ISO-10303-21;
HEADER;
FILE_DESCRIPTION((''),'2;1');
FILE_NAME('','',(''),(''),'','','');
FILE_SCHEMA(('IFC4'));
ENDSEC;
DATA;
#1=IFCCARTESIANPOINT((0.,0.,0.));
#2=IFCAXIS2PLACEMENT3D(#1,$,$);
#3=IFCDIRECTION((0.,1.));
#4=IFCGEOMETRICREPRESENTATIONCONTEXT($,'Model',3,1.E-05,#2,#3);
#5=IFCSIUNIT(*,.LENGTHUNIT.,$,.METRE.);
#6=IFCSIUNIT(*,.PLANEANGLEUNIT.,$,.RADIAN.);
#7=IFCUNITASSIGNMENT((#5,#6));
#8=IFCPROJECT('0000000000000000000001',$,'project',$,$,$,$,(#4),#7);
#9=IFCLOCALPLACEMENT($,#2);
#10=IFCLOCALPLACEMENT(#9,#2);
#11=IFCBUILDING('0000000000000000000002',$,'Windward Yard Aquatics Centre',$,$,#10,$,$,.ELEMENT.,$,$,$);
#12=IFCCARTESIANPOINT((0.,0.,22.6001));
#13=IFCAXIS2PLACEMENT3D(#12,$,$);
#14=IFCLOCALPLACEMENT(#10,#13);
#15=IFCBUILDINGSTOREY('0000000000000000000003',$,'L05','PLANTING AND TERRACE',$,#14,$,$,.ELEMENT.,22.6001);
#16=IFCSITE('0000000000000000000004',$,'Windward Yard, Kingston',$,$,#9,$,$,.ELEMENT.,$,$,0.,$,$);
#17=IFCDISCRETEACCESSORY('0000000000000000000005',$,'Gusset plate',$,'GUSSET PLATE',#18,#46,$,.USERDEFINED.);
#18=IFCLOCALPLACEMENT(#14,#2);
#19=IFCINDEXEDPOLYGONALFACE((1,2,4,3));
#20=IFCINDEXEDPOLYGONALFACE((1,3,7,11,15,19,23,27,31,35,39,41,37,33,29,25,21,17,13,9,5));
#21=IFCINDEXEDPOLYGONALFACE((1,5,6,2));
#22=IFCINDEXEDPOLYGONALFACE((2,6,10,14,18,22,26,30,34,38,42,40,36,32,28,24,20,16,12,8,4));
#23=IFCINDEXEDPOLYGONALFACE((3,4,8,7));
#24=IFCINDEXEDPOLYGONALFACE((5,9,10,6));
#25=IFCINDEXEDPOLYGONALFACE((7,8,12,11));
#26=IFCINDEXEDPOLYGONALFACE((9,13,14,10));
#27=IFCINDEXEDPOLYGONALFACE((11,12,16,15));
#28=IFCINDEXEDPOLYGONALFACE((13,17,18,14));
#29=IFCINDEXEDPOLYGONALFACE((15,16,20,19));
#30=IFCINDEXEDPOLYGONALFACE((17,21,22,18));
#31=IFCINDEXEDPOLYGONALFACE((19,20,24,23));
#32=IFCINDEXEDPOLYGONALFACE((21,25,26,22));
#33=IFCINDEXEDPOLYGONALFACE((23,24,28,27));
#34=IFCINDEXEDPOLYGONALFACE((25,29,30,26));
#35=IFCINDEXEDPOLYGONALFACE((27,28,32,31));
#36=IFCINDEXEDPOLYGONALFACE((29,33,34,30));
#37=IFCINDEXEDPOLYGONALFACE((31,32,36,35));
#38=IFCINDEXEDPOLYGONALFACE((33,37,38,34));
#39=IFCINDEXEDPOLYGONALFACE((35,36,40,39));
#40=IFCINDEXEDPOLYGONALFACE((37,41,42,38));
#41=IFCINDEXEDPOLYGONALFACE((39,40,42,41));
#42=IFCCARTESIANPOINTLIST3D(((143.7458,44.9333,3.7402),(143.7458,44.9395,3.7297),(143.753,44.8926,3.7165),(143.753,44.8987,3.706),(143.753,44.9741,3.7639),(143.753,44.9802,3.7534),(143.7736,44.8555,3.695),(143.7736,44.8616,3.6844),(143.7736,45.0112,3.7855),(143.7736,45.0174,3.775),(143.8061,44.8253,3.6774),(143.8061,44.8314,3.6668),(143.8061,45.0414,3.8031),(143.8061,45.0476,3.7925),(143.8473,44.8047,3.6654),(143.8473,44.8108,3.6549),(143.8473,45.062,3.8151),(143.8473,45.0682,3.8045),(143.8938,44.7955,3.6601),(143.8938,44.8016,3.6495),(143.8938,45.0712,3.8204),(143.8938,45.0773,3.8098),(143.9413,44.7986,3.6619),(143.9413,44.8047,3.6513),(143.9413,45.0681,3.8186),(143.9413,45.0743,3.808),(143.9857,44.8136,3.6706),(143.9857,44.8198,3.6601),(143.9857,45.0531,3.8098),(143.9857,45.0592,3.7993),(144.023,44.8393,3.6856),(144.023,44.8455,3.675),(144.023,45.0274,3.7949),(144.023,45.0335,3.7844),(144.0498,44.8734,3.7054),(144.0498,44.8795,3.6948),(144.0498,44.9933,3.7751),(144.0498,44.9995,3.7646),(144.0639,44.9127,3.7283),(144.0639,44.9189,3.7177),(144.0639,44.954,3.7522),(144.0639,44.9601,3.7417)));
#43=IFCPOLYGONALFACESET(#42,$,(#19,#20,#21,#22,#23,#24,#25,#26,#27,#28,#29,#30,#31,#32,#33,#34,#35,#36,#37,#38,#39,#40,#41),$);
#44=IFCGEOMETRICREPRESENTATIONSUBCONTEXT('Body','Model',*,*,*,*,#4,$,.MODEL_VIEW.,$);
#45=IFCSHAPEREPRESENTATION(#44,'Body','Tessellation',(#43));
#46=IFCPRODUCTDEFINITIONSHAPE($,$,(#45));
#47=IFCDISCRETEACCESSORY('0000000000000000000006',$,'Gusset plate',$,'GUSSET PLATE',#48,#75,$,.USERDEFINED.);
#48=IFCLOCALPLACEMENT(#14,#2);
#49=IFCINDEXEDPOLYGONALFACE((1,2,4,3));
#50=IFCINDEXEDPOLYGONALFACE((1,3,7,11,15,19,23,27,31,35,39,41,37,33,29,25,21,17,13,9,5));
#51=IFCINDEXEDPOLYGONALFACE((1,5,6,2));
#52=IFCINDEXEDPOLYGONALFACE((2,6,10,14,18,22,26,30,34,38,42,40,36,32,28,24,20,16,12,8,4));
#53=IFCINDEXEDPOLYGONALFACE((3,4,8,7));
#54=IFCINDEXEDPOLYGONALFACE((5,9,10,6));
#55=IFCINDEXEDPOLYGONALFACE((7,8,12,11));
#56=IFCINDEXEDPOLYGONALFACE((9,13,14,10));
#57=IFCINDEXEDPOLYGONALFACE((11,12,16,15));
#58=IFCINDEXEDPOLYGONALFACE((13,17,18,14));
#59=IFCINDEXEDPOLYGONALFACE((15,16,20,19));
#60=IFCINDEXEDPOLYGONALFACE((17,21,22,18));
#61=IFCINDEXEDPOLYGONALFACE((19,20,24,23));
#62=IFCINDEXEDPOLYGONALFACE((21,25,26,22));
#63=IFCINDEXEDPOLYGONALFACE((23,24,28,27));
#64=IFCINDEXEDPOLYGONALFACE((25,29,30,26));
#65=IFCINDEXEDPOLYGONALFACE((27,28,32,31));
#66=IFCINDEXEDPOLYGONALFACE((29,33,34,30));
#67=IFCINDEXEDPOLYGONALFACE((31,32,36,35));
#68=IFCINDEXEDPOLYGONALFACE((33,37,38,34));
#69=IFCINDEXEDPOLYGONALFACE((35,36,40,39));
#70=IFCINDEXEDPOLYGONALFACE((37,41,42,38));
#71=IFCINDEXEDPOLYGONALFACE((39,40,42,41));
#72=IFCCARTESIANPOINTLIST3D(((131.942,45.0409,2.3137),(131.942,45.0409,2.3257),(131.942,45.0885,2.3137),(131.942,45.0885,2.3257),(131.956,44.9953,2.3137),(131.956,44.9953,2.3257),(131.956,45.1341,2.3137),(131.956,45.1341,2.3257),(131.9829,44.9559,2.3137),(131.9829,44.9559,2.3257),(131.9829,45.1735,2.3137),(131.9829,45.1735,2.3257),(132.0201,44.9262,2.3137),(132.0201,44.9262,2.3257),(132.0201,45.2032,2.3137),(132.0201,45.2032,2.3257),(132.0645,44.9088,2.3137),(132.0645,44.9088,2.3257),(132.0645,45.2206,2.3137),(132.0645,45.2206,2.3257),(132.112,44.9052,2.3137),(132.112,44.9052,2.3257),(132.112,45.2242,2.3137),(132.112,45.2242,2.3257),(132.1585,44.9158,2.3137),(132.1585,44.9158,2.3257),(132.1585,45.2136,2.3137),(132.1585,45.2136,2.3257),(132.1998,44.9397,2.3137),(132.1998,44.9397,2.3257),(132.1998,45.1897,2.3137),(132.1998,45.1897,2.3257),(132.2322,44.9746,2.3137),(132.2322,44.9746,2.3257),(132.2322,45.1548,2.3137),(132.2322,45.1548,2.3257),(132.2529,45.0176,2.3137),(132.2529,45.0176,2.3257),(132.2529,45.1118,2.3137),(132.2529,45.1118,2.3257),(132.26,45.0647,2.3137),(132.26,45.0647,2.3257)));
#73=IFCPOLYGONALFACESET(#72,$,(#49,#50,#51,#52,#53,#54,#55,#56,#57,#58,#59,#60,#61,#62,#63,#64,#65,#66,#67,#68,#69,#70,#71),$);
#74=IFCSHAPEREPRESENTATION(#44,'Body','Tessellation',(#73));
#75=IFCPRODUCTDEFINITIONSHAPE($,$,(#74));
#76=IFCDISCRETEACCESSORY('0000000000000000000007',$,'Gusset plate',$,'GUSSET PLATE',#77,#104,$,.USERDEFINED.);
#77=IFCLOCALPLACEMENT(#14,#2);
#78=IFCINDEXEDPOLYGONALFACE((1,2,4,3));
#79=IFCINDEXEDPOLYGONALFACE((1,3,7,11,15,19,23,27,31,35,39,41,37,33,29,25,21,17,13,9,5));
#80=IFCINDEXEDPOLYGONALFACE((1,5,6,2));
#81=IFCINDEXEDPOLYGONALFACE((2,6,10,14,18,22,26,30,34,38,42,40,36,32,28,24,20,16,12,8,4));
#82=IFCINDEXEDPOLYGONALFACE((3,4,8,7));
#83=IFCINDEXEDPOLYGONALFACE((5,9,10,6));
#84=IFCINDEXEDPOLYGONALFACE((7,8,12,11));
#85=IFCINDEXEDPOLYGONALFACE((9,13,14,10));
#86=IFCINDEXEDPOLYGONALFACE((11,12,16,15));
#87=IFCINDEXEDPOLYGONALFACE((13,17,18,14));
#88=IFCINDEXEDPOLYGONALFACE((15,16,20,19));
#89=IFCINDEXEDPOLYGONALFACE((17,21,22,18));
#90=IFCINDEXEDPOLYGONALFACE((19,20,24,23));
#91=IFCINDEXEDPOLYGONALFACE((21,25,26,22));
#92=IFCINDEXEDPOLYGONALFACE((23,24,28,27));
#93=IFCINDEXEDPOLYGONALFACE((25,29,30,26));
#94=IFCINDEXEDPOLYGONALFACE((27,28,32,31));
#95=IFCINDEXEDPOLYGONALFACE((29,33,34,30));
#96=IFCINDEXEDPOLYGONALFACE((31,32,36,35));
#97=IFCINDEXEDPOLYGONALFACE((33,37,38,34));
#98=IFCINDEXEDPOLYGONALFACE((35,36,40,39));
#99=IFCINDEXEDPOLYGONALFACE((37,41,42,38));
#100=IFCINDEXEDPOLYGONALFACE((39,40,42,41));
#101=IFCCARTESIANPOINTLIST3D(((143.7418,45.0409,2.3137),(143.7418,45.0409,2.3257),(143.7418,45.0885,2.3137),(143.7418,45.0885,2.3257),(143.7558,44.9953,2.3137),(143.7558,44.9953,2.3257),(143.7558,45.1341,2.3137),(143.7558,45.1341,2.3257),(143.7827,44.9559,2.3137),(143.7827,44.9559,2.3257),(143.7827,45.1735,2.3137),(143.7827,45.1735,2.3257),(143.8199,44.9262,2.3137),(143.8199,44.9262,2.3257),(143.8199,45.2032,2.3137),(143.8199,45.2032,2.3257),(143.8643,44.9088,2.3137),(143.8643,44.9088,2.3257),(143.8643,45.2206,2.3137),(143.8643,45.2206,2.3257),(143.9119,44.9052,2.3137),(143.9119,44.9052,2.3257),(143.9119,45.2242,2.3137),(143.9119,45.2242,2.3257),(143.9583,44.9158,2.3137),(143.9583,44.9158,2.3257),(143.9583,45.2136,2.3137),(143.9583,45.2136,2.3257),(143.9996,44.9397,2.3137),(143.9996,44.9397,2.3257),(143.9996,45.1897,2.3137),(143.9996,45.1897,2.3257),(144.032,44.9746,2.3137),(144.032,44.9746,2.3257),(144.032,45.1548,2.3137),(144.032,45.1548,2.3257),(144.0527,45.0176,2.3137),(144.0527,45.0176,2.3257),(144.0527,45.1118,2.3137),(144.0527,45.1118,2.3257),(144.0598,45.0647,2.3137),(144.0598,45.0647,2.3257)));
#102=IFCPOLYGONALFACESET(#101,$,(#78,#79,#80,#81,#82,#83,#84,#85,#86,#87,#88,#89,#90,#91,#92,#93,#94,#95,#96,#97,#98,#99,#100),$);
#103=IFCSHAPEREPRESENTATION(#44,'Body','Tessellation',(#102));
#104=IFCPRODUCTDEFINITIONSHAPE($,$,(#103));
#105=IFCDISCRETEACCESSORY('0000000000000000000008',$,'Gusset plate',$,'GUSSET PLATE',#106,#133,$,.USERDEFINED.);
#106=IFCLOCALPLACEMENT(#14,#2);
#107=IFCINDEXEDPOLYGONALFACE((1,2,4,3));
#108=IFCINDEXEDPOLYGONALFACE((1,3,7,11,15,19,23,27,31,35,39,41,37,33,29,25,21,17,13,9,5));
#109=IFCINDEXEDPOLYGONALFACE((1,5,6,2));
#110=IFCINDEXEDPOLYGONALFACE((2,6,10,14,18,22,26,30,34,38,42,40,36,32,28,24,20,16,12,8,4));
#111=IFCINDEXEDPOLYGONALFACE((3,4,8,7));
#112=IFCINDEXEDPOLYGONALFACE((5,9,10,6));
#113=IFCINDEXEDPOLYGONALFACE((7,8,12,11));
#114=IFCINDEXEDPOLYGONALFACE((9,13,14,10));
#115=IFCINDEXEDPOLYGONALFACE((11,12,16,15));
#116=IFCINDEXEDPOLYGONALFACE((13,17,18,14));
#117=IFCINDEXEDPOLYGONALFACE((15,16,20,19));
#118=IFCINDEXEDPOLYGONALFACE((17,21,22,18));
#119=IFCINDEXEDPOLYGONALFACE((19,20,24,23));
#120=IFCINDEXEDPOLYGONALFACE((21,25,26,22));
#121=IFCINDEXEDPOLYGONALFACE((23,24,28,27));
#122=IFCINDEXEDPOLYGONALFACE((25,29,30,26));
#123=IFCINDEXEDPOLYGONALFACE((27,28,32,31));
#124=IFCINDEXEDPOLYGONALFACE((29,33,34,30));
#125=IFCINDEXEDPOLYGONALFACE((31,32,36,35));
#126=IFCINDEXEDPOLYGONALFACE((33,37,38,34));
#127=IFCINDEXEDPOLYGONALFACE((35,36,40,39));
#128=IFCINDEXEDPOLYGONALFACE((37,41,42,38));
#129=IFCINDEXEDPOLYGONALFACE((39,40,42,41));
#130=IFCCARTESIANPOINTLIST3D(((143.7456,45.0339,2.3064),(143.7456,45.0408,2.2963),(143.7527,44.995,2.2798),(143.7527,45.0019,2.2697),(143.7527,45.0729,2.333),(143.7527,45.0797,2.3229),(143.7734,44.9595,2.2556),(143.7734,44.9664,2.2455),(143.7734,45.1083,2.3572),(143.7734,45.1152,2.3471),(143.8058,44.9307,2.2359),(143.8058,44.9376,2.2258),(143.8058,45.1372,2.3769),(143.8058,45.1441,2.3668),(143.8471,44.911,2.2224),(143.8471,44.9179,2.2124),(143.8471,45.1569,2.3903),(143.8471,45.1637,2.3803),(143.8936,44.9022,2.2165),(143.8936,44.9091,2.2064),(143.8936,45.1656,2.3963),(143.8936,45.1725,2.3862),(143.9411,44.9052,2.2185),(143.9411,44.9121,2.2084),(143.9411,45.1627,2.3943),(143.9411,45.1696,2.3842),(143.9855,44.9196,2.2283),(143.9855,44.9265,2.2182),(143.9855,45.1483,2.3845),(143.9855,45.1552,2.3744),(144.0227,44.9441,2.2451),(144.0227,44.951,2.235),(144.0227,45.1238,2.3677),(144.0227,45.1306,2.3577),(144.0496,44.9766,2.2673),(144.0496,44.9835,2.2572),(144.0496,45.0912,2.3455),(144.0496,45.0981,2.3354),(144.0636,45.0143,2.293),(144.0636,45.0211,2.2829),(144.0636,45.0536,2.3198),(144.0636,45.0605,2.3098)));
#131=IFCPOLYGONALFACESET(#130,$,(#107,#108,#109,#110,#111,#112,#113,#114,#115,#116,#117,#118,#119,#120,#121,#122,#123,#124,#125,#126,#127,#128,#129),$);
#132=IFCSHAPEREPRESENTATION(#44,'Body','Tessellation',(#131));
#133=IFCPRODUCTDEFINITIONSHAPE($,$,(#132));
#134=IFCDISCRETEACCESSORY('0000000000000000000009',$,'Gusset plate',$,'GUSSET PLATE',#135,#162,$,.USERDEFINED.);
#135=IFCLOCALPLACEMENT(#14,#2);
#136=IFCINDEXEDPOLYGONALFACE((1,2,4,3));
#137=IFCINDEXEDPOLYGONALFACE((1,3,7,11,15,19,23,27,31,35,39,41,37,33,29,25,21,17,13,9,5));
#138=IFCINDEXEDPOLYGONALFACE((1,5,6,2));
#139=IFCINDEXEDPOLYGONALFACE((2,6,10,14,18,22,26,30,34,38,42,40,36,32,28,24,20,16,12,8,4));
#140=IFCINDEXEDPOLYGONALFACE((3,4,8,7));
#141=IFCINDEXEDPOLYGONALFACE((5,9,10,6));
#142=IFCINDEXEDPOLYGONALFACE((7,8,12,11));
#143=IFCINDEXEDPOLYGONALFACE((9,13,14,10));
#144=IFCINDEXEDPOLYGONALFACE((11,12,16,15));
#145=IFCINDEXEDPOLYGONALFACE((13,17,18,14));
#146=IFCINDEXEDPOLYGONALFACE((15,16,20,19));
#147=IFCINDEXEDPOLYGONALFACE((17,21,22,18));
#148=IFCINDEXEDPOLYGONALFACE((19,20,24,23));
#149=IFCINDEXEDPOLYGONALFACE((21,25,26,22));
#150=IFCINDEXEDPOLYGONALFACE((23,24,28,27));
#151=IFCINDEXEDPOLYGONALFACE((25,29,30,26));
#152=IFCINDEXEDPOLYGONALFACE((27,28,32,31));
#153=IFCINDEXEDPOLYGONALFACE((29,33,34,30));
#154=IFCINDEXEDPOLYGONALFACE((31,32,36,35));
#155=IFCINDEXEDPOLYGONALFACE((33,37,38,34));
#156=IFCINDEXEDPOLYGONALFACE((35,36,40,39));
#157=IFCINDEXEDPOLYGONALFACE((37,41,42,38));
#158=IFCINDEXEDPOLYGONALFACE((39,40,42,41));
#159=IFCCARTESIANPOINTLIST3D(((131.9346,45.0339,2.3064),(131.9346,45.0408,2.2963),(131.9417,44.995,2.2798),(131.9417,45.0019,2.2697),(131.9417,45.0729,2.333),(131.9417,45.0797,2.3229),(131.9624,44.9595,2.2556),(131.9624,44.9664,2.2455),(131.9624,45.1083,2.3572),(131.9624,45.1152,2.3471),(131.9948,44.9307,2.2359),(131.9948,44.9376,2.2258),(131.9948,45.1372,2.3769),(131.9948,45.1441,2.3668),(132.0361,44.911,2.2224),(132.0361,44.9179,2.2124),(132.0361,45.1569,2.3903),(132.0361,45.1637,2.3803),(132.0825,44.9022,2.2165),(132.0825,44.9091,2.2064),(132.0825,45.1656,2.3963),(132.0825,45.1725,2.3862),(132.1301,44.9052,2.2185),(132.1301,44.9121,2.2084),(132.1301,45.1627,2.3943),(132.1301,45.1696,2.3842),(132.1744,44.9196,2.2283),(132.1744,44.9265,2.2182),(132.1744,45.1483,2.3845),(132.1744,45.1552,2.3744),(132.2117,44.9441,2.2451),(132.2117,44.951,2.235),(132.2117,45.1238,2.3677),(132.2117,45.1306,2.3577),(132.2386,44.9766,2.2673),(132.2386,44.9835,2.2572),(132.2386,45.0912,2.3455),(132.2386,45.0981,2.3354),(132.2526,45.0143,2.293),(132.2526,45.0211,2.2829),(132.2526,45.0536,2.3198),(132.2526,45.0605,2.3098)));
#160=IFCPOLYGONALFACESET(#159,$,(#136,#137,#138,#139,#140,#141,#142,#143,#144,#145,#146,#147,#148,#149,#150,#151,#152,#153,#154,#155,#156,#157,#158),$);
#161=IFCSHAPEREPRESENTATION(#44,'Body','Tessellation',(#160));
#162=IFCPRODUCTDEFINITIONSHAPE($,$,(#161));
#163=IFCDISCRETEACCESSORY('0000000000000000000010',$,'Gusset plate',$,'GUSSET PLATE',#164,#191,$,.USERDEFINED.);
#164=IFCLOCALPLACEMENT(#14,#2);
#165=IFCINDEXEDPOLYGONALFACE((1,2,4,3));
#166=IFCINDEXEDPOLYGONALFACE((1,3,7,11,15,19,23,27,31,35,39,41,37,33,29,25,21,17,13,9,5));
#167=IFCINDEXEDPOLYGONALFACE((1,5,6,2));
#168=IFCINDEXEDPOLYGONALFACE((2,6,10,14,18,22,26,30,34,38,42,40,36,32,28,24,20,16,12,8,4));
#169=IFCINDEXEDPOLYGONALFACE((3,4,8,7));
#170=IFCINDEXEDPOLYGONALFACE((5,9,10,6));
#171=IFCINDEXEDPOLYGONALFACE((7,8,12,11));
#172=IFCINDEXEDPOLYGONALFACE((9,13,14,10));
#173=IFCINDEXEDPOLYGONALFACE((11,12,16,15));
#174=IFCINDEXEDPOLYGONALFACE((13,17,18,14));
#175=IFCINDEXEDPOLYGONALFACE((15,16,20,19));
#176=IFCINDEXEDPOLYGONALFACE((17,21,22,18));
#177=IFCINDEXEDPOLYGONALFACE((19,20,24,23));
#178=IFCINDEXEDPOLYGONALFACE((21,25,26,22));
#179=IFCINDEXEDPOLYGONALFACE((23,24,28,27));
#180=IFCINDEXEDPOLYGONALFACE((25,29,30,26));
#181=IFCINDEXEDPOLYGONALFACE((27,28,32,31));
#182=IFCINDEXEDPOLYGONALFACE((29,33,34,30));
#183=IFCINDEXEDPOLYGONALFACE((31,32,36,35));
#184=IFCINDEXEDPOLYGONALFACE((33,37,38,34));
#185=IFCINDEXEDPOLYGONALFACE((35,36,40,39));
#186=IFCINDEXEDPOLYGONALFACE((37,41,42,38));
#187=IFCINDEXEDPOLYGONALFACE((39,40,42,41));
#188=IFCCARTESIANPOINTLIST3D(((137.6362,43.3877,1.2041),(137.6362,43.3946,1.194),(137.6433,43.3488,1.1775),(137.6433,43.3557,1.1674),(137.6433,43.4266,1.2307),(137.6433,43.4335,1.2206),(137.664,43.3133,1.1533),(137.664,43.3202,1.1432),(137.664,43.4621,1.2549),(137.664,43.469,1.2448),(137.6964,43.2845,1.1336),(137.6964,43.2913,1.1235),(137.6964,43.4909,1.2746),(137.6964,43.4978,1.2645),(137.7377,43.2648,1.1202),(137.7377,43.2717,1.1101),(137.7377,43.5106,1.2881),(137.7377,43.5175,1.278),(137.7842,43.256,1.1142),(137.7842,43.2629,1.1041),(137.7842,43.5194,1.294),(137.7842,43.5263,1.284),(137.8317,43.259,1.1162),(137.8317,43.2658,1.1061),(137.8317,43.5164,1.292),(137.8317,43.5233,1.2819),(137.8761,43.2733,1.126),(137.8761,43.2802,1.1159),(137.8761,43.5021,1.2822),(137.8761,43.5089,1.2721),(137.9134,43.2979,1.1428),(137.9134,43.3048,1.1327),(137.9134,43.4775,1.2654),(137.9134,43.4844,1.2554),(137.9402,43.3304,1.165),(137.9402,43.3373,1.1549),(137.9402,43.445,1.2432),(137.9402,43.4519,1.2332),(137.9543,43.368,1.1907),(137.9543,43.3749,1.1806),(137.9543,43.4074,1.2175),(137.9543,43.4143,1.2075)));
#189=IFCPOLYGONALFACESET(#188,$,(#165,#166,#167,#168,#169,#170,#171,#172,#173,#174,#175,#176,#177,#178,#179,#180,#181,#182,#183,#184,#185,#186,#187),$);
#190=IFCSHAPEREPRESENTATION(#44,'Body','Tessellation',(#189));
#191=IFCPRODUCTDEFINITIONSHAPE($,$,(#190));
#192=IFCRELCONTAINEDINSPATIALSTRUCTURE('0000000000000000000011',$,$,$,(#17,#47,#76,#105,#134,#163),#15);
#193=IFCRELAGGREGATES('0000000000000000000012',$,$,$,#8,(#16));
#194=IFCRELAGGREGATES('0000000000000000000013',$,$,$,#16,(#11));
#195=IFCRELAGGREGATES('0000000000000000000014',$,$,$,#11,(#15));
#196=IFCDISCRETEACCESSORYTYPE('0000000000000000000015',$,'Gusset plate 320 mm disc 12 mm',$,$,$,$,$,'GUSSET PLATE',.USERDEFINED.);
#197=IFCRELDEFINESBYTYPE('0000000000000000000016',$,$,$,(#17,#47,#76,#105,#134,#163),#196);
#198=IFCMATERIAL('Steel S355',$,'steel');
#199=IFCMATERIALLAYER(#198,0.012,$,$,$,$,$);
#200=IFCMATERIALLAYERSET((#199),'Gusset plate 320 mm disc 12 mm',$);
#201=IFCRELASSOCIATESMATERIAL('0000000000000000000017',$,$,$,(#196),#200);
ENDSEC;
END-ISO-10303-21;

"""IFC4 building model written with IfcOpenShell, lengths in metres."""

from ifc_helpers import new_model, si_unit, direction, frame, origin, origin_2d, place, context, subcontext, project, spatial, circle, extrude, material, layer, layer_set, type_object, element, save


model = new_model("IFC4")

# Units and contexts
model_context = context("Model", 3, precision=1e-05, world=origin(), true_north=direction((0.0, 1.0)))
body_context = subcontext(model_context, "Body", "Model", "MODEL_VIEW")
ifc_project = project(units=[si_unit("LENGTHUNIT", "METRE"), si_unit("PLANEANGLEUNIT", "RADIAN")], contexts=[model_context])

# Site, building, storey
site_placement = place(None, origin())
site = spatial("IfcSite", under=ifc_project, at=site_placement, Name="Windward Yard, Kingston", CompositionType="ELEMENT", RefElevation=0.0)
building_placement = place(site_placement, origin())
building = spatial("IfcBuilding", under=site, at=building_placement, Name="Windward Yard Aquatics Centre", CompositionType="ELEMENT")
storey_placement = place(building_placement, frame((0.0, 0.0, 22.6001)))
storey = spatial("IfcBuildingStorey", under=building, at=storey_placement, Name="L05", Description="PLANTING AND TERRACE", CompositionType="ELEMENT", Elevation=22.6001)

# Discrete accessories
ifc_material_1 = material(Name="Steel S355", Category="steel")
ifc_layer = layer(ifc_material_1, 0.012)
ifc_layer_set = layer_set([ifc_layer], Name="Gusset plate 320 mm disc 12 mm")
discrete_accessory_type = type_object("IfcDiscreteAccessoryType", Name="Gusset plate 320 mm disc 12 mm", ElementType="GUSSET PLATE", PredefinedType="USERDEFINED", material=ifc_layer_set)
discrete_accessory_1_placement = place(storey_placement, frame((143.9058, 44.9333, 3.7402), z_axis=(0.0, 0.50262, -0.864507), x_axis=(-1.0, 0.0, 0.0)))
element("IfcDiscreteAccessory", 1, at=discrete_accessory_1_placement, inside=storey, type_object=discrete_accessory_type, Name="Gusset plate", ObjectType="GUSSET PLATE", PredefinedType="USERDEFINED", context=body_context, shape_type="SweptSolid", body=[
    extrude(circle(Radius=0.1599, at=origin_2d()), origin(), (0.0, 0.0, 1.0), 0.0122),
])
for number, where, z_axis, x_axis, name in (
    (2, (132.1001, 45.0647, 2.3137), (0.0, 0.0, 1.0), (1.0, 0.0, 0.0), "Gusset plate"),
    (3, (143.8999, 45.0647, 2.3137), (0.0, 0.0, 1.0), (1.0, 0.0, 0.0), "Gusset plate"),
):
    element("IfcDiscreteAccessory", number, at=place(storey_placement, frame(where, z_axis=z_axis, x_axis=x_axis)), inside=storey, type_object=discrete_accessory_type, Name=name, ObjectType="GUSSET PLATE", PredefinedType="USERDEFINED", context=body_context, shape_type="SweptSolid", body=[
        extrude(circle(Radius=0.1599, at=origin_2d()), origin(), (0.0, 0.0, 1.0), 0.012),
    ])
for number, where, z_axis, x_axis, name in (
    (4, (143.9055, 45.0339, 2.3064), (0.0, 0.563962, -0.825801), (-1.0, 0.0, 0.0), "Gusset plate"),
    (5, (132.0945, 45.0339, 2.3064), (0.0, 0.563962, -0.825801), (-1.0, 0.0, 0.0), "Gusset plate"),
    (6, (137.7961, 43.3877, 1.2041), (0.0, 0.563962, -0.825801), (-1.0, 0.0, 0.0), "Gusset plate"),
):
    element("IfcDiscreteAccessory", number, at=place(storey_placement, frame(where, z_axis=z_axis, x_axis=x_axis)), inside=storey, type_object=discrete_accessory_type, Name=name, ObjectType="GUSSET PLATE", PredefinedType="USERDEFINED", context=body_context, shape_type="SweptSolid", body=[
        extrude(circle(Radius=0.1599, at=origin_2d()), origin(), (0.0, 0.0, 1.0), 0.0122),
    ])

save(model, "model.ifc")
